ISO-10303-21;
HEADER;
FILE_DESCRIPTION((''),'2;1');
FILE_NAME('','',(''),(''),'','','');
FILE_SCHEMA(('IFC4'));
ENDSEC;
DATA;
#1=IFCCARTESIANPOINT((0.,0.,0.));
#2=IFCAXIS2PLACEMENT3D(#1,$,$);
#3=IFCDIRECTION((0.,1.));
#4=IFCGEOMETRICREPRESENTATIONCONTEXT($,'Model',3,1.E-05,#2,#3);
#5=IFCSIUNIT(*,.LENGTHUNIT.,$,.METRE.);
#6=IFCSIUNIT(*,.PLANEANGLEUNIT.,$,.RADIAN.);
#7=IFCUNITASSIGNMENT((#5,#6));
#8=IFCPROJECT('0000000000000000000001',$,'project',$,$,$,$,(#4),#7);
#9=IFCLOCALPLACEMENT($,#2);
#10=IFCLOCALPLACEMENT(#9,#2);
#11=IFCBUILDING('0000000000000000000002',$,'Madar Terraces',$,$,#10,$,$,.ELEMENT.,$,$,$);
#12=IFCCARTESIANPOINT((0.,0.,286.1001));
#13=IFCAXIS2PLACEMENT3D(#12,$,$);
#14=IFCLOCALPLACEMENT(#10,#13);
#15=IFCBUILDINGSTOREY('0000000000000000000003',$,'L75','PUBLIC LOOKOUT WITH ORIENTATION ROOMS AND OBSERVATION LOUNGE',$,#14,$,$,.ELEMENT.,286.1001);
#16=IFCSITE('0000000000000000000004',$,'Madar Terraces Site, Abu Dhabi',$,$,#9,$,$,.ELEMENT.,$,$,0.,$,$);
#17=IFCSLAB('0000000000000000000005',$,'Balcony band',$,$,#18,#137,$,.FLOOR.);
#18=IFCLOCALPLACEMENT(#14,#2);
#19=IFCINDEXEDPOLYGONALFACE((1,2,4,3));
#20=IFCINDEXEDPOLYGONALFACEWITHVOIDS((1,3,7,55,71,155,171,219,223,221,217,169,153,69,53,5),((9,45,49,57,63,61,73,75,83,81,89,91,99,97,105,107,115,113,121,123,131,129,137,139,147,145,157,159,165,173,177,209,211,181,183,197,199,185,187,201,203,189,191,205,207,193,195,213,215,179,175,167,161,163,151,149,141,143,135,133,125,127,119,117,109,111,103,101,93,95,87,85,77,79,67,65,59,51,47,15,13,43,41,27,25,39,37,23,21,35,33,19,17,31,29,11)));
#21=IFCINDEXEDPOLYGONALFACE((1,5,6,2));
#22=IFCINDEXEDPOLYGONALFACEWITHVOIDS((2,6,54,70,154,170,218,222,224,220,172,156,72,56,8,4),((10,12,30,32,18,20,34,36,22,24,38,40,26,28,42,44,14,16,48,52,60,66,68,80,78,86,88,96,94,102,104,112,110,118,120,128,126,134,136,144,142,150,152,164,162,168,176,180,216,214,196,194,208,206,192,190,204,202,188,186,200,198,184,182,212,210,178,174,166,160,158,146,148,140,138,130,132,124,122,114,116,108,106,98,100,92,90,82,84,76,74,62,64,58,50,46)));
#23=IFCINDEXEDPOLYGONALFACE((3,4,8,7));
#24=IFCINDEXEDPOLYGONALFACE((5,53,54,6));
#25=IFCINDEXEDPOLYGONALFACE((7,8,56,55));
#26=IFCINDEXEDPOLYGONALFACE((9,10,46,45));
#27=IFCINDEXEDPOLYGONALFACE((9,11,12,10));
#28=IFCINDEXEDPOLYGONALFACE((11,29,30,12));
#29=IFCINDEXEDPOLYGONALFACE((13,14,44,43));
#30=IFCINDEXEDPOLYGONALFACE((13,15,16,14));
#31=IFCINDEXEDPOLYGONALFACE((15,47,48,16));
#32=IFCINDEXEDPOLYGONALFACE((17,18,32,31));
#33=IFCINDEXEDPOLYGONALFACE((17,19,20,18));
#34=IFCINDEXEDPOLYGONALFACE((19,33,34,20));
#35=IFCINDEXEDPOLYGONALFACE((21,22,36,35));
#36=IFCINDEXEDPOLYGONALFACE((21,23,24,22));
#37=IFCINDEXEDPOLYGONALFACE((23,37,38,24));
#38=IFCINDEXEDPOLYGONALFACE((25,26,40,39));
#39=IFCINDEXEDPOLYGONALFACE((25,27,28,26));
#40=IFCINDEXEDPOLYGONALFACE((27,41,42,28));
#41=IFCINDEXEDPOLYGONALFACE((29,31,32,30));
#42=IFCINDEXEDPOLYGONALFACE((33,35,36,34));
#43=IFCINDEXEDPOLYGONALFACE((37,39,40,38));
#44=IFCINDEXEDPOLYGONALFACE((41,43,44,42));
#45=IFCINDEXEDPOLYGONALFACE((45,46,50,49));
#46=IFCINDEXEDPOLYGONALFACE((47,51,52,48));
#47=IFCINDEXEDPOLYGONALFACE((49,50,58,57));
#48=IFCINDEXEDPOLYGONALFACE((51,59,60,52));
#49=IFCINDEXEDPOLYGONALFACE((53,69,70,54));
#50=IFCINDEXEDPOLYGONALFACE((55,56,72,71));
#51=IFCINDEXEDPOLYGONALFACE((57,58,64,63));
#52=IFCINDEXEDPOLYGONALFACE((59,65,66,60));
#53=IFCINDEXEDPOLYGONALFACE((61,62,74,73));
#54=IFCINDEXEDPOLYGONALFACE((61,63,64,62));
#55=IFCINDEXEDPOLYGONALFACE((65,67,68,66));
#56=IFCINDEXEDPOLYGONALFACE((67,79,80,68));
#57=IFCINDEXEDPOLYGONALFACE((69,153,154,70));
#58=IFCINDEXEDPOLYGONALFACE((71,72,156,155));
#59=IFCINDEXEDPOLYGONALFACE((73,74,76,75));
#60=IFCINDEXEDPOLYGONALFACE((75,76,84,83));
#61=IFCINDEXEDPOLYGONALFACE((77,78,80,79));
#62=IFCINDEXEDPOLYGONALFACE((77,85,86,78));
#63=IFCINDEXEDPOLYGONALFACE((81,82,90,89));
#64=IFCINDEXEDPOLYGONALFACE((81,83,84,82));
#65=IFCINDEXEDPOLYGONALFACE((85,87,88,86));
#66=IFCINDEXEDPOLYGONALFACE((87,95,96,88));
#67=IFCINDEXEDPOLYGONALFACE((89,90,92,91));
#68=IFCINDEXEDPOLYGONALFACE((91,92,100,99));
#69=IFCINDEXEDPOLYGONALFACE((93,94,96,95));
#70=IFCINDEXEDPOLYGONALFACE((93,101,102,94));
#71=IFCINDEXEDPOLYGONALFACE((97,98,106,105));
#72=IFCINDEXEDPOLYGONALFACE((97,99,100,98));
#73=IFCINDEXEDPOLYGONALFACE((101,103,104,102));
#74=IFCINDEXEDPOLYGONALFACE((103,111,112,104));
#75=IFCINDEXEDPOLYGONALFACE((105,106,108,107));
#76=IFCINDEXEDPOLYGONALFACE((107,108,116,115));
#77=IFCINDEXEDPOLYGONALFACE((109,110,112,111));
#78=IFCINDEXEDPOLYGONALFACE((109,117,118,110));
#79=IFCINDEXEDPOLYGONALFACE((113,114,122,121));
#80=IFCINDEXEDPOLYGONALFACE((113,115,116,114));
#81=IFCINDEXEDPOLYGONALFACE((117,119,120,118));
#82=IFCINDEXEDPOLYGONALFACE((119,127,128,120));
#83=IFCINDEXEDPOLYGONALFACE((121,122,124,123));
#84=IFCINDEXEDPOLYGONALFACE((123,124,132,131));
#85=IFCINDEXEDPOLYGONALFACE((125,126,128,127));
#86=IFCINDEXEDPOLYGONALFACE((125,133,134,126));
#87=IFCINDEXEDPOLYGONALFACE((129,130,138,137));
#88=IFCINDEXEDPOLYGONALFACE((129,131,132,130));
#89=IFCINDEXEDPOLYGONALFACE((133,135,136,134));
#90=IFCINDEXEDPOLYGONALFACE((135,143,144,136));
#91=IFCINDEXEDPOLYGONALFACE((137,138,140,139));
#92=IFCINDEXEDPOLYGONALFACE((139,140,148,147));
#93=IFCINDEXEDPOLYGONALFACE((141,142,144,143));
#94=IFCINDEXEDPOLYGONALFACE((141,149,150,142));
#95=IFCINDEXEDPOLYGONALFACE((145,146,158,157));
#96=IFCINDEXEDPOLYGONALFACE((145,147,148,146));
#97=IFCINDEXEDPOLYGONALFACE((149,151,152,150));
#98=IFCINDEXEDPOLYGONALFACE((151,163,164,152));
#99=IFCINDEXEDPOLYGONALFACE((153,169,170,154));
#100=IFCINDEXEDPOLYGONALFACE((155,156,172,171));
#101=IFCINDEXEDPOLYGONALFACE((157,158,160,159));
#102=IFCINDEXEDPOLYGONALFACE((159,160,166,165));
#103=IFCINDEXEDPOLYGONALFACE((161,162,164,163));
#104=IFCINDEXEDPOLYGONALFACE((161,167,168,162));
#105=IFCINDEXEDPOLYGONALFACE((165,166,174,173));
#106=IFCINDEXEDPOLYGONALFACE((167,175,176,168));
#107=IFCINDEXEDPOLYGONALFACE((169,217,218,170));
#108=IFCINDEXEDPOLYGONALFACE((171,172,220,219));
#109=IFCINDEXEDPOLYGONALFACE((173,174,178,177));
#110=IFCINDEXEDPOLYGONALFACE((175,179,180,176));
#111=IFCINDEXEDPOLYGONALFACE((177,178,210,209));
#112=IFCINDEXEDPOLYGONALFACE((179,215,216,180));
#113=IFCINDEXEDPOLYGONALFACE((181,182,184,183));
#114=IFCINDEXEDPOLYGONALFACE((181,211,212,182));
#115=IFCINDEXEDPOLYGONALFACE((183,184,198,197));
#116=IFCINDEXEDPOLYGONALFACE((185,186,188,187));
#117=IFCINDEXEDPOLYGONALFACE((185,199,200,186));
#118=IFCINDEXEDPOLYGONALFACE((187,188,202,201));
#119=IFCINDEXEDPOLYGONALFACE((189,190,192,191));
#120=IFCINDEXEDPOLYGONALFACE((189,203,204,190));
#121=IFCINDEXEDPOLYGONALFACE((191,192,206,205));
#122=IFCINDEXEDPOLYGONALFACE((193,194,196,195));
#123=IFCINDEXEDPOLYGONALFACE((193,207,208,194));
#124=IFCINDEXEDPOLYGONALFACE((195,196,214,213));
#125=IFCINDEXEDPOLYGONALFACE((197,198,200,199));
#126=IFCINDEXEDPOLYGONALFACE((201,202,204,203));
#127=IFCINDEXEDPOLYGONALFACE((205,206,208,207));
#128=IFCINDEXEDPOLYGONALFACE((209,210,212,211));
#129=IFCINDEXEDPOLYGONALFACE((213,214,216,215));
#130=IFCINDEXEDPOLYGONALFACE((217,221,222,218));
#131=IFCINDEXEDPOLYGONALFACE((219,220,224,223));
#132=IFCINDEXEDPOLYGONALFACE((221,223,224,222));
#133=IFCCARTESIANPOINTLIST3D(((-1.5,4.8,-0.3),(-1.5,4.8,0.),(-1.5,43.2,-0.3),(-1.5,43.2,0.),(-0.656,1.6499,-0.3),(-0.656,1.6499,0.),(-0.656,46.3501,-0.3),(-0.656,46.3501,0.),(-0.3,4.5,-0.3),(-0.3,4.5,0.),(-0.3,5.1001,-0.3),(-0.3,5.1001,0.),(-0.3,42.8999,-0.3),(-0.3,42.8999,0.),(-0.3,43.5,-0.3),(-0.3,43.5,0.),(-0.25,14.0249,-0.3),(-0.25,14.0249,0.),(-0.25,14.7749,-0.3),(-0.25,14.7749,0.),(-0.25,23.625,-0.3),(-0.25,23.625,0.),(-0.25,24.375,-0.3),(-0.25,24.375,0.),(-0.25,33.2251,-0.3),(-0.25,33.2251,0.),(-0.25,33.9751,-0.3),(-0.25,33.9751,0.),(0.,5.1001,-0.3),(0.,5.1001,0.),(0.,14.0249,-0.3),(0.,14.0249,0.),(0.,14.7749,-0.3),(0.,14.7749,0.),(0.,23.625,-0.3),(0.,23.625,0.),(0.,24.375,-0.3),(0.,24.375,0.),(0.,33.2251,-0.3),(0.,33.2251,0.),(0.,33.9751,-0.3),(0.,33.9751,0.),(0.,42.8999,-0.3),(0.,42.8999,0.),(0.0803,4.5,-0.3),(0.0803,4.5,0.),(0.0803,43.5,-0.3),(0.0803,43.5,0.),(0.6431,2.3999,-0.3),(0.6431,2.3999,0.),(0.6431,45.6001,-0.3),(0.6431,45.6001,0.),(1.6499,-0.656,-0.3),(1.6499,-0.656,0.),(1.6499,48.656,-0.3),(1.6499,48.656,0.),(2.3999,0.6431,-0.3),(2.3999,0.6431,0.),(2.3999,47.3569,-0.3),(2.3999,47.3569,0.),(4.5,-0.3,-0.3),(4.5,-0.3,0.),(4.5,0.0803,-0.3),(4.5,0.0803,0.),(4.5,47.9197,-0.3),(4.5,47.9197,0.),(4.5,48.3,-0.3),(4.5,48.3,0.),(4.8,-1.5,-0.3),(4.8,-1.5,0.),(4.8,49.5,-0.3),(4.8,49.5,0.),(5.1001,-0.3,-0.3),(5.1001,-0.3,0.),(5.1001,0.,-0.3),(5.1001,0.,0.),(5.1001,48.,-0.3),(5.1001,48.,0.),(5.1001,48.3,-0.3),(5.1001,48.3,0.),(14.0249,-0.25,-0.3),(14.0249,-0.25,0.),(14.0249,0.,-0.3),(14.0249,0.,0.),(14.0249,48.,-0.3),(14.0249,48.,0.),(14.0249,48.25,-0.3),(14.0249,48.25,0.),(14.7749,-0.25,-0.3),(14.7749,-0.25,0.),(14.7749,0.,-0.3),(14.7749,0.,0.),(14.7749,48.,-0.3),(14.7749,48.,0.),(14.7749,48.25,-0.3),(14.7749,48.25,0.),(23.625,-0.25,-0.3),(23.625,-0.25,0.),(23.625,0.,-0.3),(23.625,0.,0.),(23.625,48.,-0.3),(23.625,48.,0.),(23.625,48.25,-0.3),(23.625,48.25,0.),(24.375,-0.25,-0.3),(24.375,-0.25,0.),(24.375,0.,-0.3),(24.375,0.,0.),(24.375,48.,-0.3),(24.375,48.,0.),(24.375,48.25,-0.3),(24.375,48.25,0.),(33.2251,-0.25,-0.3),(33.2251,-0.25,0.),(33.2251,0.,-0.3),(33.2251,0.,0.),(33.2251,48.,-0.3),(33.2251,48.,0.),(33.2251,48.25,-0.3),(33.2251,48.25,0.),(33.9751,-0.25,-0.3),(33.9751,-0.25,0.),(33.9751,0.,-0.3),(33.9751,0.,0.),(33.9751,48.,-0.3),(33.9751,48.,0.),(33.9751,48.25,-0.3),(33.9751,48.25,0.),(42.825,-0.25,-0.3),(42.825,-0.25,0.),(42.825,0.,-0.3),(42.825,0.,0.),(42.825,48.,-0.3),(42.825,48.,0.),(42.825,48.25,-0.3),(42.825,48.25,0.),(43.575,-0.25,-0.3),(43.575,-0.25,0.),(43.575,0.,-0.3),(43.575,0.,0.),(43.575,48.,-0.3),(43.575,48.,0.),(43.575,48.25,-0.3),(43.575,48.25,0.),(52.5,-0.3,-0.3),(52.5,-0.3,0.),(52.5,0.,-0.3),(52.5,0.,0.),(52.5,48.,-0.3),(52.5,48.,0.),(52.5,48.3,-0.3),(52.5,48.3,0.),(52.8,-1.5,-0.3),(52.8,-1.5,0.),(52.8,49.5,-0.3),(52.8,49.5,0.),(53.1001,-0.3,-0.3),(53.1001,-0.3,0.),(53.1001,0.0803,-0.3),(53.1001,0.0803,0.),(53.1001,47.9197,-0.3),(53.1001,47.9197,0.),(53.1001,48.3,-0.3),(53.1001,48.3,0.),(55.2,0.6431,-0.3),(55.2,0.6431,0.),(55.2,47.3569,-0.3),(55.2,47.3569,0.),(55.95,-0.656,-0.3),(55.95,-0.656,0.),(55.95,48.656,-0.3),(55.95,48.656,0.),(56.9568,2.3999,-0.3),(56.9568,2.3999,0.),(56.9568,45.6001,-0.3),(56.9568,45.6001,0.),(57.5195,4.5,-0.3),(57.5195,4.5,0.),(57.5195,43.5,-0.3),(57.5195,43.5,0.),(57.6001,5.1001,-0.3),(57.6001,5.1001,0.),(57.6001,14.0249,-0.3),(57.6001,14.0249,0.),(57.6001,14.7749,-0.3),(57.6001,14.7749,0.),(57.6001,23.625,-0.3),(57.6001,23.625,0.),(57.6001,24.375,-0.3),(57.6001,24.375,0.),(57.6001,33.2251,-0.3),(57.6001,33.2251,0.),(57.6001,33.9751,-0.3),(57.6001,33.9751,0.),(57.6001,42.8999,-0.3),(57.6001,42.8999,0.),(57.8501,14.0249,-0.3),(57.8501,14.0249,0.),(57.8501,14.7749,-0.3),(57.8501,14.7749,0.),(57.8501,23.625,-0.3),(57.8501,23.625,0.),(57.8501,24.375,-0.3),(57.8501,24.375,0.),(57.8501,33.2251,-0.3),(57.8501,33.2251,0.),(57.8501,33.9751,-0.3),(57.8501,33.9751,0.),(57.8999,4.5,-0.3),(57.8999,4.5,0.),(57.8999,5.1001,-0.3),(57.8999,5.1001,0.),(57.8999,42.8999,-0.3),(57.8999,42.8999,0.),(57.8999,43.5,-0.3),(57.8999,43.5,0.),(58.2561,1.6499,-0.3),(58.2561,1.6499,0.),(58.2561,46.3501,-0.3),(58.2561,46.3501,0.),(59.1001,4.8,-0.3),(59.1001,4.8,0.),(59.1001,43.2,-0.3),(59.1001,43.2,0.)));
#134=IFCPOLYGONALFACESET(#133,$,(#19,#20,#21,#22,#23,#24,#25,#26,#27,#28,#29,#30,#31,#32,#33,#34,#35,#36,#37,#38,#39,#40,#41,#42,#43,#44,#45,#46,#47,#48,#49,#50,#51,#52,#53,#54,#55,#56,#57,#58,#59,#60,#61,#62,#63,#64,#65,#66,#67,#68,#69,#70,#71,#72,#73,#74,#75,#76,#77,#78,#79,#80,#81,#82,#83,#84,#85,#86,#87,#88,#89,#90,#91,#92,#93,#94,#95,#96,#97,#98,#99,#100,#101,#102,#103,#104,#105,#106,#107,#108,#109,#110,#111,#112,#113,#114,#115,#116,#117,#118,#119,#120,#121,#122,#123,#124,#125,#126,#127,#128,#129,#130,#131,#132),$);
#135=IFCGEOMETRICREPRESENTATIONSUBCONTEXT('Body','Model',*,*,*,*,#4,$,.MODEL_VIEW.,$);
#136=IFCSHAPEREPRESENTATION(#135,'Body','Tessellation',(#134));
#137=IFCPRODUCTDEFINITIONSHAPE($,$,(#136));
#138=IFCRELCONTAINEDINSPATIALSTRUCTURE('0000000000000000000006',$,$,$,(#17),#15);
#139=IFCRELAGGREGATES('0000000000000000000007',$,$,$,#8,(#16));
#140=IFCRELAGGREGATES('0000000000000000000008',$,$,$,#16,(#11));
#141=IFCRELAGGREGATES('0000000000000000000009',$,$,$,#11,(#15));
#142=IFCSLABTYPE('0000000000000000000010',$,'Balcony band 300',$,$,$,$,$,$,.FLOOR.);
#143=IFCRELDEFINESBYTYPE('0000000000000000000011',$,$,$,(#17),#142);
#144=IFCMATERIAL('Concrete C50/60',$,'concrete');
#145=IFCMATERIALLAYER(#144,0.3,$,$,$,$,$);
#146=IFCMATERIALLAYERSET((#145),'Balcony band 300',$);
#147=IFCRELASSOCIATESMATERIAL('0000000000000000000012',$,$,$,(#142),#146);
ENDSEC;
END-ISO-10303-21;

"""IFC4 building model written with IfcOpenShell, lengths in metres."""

from ifc_helpers import new_model, si_unit, direction, frame, origin, place, context, subcontext, project, spatial, polyline, outline, extrude, material, layer, layer_set, type_object, element, save


model = new_model("IFC4")

# Units and contexts
model_context = context("Model", 3, precision=1e-05, world=origin(), true_north=direction((0.0, 1.0)))
body_context = subcontext(model_context, "Body", "Model", "MODEL_VIEW")
ifc_project = project(units=[si_unit("LENGTHUNIT", "METRE"), si_unit("PLANEANGLEUNIT", "RADIAN")], contexts=[model_context])

# Site, building, storey
site_placement = place(None, origin())
site = spatial("IfcSite", under=ifc_project, at=site_placement, Name="Madar Terraces Site, Abu Dhabi", CompositionType="ELEMENT", RefElevation=0.0)
building_placement = place(site_placement, origin())
building = spatial("IfcBuilding", under=site, at=building_placement, Name="Madar Terraces", CompositionType="ELEMENT")
storey_placement = place(building_placement, frame((0.0, 0.0, 286.1001)))
storey = spatial("IfcBuildingStorey", under=building, at=storey_placement, Name="L75", Description="PUBLIC LOOKOUT WITH ORIENTATION ROOMS AND OBSERVATION LOUNGE", CompositionType="ELEMENT", Elevation=286.1001)

# Slab
ifc_material_1 = material(Name="Concrete C50/60", Category="concrete")
ifc_layer_1 = layer(ifc_material_1, 0.3)
ifc_layer_set_1 = layer_set([ifc_layer_1], Name="Balcony band 300")
slab_type_1 = type_object("IfcSlabType", Name="Balcony band 300", PredefinedType="FLOOR", material=ifc_layer_set_1)
slab_1_placement = place(storey_placement, frame((0.0, 0.0, -0.3)))
element("IfcSlab", 1, at=slab_1_placement, inside=storey, type_object=slab_type_1, Name="Balcony band", PredefinedType="FLOOR", context=body_context, shape_type="SweptSolid", body=[
    extrude(outline(polyline([(4.8, -1.5), (1.6499, -0.656), (-0.656, 1.6499), (-1.5, 4.8), (-1.5, 43.2), (-0.656, 46.3501), (1.6499, 48.656), (4.8, 49.5), (52.8, 49.5), (55.95, 48.656), (58.2561, 46.3501), (59.1001, 43.2), (59.1001, 4.8), (58.2561, 1.6499), (55.95, -0.656), (52.8, -1.5), (4.8, -1.5)]), holes=[polyline([(5.1001, -0.3), (5.1001, 0.0), (14.0249, 0.0), (14.0249, -0.25), (14.7749, -0.25), (14.7749, 0.0), (23.625, 0.0), (23.625, -0.25), (24.375, -0.25), (24.375, 0.0), (33.2251, 0.0), (33.2251, -0.25), (33.9751, -0.25), (33.9751, 0.0), (42.825, 0.0), (42.825, -0.25), (43.575, -0.25), (43.575, 0.0), (52.5, 0.0), (52.5, -0.3), (53.1001, -0.3), (53.1001, 0.0803), (55.2, 0.6431), (56.9568, 2.3999), (57.5195, 4.5), (57.8999, 4.5), (57.8999, 5.1001), (57.6001, 5.1001), (57.6001, 14.0249), (57.8501, 14.0249), (57.8501, 14.7749), (57.6001, 14.7749), (57.6001, 23.625), (57.8501, 23.625), (57.8501, 24.375), (57.6001, 24.375), (57.6001, 33.2251), (57.8501, 33.2251), (57.8501, 33.9751), (57.6001, 33.9751), (57.6001, 42.8999), (57.8999, 42.8999), (57.8999, 43.5), (57.5195, 43.5), (56.9568, 45.6001), (55.2, 47.3569), (53.1001, 47.9197), (53.1001, 48.3), (52.5, 48.3), (52.5, 48.0), (43.575, 48.0), (43.575, 48.25), (42.825, 48.25), (42.825, 48.0), (33.9751, 48.0), (33.9751, 48.25), (33.2251, 48.25), (33.2251, 48.0), (24.375, 48.0), (24.375, 48.25), (23.625, 48.25), (23.625, 48.0), (14.7749, 48.0), (14.7749, 48.25), (14.0249, 48.25), (14.0249, 48.0), (5.1001, 48.0), (5.1001, 48.3), (4.5, 48.3), (4.5, 47.9197), (2.3999, 47.3569), (0.6431, 45.6001), (0.0803, 43.5), (-0.3, 43.5), (-0.3, 42.8999), (0.0, 42.8999), (0.0, 33.9751), (-0.25, 33.9751), (-0.25, 33.2251), (0.0, 33.2251), (0.0, 24.375), (-0.25, 24.375), (-0.25, 23.625), (0.0, 23.625), (0.0, 14.7749), (-0.25, 14.7749), (-0.25, 14.0249), (0.0, 14.0249), (0.0, 5.1001), (-0.3, 5.1001), (-0.3, 4.5), (0.0803, 4.5), (0.6431, 2.3999), (2.3999, 0.6431), (4.5, 0.0803), (4.5, -0.3), (5.1001, -0.3)])]), origin(), (0.0, 0.0, 1.0), 0.3),
])

save(model, "model.ifc")
